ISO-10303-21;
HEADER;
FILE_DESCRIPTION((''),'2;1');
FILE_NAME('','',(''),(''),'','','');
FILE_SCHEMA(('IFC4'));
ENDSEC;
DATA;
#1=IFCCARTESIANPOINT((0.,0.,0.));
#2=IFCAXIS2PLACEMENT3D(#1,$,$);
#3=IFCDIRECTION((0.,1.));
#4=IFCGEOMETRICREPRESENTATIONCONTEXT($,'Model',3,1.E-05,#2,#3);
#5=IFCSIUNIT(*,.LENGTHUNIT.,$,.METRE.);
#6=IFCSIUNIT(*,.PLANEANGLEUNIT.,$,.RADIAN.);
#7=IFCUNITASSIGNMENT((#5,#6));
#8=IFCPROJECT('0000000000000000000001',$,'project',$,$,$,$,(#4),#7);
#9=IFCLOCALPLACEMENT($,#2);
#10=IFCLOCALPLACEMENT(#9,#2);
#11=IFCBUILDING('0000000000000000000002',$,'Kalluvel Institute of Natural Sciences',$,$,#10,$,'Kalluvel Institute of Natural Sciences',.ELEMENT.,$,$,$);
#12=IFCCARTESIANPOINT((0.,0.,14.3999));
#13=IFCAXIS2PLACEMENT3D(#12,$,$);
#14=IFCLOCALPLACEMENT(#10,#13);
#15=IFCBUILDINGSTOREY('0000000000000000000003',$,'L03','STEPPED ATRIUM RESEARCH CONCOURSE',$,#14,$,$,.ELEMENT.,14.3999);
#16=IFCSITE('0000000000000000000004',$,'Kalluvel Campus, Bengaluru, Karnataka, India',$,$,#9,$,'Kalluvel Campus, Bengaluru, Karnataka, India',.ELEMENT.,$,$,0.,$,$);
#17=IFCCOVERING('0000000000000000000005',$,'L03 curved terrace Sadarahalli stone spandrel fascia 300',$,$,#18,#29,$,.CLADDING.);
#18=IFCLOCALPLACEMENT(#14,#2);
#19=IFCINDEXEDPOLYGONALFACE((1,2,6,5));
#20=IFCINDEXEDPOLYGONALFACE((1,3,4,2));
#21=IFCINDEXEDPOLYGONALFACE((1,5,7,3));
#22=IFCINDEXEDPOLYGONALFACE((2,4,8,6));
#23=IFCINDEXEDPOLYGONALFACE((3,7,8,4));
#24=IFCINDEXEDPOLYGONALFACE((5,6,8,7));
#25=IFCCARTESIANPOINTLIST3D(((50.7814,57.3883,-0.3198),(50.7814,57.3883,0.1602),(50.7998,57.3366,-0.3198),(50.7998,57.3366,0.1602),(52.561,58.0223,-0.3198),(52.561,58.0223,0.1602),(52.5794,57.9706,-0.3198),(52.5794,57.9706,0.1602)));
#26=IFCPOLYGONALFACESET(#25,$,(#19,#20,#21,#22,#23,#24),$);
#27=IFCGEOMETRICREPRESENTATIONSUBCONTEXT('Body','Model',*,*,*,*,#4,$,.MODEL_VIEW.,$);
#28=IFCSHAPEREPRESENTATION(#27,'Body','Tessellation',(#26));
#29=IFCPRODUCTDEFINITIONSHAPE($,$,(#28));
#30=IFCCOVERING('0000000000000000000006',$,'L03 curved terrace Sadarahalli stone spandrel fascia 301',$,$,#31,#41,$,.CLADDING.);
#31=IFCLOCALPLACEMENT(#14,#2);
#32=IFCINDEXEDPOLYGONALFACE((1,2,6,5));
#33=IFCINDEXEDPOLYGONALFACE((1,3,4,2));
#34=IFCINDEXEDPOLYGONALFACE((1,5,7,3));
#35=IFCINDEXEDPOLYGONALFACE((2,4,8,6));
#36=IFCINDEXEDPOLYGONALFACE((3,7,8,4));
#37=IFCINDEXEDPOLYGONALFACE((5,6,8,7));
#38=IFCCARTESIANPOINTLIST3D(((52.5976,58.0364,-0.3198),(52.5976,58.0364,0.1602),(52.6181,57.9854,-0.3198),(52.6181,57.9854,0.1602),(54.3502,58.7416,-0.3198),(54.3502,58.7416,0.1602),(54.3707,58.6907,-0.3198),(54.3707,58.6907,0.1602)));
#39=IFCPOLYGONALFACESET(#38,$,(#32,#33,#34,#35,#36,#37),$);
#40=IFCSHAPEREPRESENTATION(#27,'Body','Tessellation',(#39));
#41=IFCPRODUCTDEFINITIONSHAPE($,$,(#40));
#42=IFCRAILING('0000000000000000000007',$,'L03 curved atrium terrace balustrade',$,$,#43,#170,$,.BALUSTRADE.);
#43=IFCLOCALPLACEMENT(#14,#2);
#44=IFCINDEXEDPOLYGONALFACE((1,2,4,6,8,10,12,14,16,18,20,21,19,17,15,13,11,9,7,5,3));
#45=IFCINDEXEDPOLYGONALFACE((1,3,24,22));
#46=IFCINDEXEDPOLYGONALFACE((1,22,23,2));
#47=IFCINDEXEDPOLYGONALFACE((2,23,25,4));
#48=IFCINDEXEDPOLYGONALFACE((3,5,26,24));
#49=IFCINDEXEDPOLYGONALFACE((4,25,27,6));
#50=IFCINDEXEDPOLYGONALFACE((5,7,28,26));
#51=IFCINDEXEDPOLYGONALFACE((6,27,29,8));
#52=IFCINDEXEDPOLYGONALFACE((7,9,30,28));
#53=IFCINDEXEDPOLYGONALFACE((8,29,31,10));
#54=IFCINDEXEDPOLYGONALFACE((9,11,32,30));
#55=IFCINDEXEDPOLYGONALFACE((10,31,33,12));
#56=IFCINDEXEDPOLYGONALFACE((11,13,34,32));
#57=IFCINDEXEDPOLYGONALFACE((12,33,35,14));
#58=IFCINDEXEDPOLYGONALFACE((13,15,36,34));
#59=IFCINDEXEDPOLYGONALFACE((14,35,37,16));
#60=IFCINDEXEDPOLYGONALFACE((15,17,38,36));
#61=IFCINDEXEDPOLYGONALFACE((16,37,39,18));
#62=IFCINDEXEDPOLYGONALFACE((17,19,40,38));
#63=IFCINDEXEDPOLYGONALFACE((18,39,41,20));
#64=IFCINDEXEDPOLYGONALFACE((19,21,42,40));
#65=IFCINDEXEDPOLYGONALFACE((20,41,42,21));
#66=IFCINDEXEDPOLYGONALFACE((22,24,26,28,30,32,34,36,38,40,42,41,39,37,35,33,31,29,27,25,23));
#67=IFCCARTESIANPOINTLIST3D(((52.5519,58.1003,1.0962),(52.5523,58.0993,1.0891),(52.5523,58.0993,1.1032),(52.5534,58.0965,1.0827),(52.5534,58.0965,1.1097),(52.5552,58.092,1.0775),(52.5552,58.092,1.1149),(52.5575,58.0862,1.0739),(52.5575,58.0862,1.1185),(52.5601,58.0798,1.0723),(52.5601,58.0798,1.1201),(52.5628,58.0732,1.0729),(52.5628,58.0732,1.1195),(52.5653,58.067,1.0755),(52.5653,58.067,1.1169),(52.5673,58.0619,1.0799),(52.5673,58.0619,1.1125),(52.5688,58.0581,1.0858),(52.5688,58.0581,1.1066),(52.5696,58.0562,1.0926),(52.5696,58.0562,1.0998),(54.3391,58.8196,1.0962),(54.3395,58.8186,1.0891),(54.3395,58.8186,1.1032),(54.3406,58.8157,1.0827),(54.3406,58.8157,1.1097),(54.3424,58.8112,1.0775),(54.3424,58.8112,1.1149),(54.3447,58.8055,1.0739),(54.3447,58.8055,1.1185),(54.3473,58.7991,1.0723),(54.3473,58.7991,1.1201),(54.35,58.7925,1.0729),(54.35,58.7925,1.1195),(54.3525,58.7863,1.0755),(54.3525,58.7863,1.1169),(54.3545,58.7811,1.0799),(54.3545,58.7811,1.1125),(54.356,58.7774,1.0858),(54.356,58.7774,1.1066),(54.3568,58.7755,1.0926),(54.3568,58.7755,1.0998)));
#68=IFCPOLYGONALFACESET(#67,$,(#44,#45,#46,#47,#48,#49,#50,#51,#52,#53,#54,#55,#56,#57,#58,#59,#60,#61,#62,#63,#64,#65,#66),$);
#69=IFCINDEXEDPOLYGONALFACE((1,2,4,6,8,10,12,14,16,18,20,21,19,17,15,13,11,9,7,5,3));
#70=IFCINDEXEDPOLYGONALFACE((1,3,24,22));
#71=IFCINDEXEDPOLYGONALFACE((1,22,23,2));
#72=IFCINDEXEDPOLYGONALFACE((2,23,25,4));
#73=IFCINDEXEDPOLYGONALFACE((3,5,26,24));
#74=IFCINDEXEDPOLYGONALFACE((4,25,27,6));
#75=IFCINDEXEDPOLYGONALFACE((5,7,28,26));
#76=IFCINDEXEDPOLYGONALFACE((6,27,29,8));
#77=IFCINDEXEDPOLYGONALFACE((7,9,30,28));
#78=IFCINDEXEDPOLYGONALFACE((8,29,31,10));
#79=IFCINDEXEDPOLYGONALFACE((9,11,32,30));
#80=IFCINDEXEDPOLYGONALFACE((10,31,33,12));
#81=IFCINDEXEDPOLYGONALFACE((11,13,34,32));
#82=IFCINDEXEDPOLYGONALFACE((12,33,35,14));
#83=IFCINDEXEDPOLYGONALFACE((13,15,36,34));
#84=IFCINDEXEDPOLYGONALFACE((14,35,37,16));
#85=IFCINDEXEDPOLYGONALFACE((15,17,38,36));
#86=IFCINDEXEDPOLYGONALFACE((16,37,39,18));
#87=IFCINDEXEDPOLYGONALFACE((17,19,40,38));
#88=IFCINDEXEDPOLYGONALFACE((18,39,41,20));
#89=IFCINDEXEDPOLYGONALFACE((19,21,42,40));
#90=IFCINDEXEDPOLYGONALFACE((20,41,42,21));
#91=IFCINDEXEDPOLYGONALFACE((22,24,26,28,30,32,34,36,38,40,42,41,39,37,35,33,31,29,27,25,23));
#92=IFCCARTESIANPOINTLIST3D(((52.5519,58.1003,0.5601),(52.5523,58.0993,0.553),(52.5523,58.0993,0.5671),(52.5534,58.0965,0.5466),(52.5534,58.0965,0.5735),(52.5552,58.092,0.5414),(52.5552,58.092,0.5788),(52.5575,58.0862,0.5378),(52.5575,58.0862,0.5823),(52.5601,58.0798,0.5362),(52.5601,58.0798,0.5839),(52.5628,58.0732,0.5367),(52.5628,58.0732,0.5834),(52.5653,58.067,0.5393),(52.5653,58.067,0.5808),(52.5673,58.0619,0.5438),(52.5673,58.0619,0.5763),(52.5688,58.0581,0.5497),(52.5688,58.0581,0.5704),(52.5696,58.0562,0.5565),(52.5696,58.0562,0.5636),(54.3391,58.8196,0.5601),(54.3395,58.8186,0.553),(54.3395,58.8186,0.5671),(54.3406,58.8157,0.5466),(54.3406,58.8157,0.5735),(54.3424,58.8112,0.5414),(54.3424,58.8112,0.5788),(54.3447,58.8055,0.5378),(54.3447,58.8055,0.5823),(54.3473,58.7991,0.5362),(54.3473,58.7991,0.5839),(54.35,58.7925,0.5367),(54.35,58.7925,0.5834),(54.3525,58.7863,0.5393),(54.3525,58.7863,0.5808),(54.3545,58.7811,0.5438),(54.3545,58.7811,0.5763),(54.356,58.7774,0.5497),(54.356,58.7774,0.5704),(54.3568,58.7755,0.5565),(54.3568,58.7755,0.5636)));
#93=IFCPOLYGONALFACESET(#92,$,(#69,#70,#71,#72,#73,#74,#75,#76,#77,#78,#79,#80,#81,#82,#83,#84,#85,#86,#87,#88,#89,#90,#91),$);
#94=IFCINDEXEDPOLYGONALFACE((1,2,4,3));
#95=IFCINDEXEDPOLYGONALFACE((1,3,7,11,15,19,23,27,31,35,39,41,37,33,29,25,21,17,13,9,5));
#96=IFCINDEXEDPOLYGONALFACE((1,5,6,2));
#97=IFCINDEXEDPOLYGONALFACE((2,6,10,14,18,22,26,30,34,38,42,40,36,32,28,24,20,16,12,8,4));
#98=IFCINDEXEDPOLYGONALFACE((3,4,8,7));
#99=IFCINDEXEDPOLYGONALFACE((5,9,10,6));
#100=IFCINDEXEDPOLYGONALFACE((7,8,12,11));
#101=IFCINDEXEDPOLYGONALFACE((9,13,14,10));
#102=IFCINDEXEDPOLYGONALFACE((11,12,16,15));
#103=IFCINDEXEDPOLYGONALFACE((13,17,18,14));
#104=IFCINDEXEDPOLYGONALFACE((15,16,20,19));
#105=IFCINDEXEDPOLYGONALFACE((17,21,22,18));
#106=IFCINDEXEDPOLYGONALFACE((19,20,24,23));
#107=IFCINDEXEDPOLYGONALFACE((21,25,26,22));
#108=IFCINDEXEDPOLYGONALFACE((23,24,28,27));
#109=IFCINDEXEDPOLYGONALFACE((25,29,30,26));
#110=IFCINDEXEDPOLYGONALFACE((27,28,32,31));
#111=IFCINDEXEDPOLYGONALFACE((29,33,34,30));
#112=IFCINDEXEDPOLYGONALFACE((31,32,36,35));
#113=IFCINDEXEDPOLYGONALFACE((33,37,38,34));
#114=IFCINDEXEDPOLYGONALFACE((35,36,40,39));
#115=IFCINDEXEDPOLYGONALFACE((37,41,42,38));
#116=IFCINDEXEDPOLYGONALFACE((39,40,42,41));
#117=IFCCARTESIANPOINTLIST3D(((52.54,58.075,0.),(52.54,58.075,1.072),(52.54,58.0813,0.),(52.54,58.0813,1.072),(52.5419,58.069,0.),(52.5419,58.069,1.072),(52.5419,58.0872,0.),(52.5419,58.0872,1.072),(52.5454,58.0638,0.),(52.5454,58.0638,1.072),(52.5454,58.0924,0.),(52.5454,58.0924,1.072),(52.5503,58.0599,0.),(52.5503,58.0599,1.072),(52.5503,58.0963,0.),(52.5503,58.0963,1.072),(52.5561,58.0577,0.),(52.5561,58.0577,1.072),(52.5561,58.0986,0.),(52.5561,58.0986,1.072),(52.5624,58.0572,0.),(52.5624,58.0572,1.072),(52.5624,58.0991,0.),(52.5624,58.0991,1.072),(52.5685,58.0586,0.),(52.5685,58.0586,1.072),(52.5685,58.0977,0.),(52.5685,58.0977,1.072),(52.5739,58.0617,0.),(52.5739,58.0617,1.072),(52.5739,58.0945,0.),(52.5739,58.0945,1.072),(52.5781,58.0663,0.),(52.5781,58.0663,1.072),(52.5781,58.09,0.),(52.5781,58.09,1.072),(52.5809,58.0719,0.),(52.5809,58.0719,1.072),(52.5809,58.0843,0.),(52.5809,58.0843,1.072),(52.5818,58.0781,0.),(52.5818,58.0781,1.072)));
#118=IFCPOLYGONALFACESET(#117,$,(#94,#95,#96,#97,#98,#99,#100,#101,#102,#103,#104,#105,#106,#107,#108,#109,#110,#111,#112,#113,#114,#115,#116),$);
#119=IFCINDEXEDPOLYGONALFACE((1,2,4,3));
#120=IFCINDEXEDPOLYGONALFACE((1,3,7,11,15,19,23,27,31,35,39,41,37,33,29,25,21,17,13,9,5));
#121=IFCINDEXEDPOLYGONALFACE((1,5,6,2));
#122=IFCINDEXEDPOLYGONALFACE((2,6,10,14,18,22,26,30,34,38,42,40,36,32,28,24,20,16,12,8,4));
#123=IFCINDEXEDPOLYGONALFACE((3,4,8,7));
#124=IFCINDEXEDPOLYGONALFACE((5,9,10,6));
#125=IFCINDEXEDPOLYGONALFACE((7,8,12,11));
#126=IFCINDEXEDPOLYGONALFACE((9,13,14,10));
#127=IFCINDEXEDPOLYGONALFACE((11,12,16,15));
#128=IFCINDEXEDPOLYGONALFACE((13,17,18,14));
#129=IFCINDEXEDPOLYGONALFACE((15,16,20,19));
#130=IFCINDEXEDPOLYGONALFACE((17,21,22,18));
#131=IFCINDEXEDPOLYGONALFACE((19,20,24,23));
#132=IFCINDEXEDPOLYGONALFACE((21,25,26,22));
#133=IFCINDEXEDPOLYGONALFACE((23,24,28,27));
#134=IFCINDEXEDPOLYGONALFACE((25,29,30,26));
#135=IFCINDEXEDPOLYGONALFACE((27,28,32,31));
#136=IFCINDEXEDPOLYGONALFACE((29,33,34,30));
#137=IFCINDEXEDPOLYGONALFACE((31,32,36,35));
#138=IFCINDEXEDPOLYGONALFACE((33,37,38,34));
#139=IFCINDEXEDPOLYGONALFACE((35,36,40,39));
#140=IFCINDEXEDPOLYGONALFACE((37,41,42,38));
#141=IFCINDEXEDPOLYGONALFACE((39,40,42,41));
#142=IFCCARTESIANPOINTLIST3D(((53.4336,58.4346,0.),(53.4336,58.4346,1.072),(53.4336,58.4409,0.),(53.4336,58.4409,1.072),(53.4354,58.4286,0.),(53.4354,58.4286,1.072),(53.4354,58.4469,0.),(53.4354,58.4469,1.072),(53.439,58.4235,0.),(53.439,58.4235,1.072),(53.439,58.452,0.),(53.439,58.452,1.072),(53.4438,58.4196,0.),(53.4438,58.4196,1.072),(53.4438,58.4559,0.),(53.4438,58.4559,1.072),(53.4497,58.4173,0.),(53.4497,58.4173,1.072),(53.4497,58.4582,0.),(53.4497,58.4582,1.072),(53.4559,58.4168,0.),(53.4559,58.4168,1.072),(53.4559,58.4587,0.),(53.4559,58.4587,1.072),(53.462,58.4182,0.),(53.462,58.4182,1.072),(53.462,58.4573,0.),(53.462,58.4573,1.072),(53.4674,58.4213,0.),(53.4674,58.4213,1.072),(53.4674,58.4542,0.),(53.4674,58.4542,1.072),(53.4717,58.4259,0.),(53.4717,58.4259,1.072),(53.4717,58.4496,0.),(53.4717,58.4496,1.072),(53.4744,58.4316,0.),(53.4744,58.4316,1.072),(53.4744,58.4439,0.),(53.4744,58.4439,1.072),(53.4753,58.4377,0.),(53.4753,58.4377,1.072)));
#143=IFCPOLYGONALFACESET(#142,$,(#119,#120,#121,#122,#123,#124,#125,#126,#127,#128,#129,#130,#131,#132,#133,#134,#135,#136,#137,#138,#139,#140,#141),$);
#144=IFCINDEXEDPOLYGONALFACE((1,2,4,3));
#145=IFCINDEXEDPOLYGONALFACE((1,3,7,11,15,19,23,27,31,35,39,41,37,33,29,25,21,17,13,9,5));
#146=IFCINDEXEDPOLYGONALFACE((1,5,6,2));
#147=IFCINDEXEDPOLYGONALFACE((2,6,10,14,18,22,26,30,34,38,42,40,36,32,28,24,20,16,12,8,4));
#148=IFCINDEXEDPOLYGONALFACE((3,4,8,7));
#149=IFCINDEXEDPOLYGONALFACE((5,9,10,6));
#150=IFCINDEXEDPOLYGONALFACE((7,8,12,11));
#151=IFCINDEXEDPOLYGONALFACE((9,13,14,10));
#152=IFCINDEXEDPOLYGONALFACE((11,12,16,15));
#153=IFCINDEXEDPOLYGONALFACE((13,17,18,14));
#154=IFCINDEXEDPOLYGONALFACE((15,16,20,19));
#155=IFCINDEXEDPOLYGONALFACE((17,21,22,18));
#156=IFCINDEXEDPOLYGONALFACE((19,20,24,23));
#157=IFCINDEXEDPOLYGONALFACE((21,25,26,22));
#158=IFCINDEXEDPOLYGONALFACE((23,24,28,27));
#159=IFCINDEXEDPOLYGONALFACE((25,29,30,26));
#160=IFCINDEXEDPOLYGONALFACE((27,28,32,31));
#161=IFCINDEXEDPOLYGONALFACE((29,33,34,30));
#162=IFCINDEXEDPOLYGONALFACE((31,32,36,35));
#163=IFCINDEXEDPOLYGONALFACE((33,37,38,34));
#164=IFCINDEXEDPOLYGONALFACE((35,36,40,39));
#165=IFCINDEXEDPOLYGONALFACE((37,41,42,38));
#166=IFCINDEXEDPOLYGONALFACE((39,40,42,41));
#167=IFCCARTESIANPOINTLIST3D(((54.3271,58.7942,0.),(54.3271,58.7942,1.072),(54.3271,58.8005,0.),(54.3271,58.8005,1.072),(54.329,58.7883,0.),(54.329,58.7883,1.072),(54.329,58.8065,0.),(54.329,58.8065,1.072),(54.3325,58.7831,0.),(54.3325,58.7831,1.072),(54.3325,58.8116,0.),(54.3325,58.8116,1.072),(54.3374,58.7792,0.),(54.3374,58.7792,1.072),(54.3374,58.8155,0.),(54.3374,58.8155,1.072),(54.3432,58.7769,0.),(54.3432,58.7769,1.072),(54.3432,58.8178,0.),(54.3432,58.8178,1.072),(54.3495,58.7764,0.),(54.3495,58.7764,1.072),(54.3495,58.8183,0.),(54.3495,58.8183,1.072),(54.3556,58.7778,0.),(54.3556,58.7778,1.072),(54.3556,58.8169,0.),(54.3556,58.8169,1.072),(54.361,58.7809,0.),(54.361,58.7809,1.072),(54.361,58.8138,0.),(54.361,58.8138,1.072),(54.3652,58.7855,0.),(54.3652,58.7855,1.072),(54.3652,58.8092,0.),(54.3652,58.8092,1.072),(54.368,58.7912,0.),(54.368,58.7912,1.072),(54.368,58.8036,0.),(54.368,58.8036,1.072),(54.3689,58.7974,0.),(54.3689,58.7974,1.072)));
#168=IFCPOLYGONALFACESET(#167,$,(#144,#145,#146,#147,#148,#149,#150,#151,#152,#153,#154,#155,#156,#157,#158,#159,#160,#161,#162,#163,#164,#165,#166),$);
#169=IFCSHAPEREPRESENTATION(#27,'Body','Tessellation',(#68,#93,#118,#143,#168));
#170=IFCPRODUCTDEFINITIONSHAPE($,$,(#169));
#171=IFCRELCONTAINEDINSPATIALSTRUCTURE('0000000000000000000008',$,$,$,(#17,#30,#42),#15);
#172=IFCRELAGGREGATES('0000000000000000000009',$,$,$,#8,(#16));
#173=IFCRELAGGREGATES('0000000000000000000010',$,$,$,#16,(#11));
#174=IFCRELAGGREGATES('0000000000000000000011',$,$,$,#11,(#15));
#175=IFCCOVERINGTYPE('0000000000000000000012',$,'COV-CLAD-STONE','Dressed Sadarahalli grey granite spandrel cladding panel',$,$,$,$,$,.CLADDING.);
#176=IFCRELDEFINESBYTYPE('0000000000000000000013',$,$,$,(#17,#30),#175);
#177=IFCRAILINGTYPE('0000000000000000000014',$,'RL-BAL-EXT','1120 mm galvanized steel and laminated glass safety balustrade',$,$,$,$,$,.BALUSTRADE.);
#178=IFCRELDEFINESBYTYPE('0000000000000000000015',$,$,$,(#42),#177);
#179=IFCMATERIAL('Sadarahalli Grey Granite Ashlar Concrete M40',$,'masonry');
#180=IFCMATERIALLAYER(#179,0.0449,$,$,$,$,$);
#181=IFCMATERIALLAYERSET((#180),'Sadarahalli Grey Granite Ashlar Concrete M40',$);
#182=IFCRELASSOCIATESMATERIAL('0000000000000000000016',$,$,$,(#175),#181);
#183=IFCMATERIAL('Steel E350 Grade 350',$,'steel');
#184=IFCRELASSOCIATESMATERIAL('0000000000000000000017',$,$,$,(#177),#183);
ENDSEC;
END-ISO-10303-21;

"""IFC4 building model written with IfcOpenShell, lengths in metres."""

from ifc_helpers import new_model, si_unit, direction, frame, origin, origin_2d, place, context, subcontext, project, spatial, rectangle, circle, extrude, material, layer, layer_set, type_object, element, save


model = new_model("IFC4")

# Units and contexts
model_context = context("Model", 3, precision=1e-05, world=origin(), true_north=direction((0.0, 1.0)))
body_context = subcontext(model_context, "Body", "Model", "MODEL_VIEW")
ifc_project = project(units=[si_unit("LENGTHUNIT", "METRE"), si_unit("PLANEANGLEUNIT", "RADIAN")], contexts=[model_context])

# Site, building, storey
site_placement = place(None, origin())
site = spatial("IfcSite", under=ifc_project, at=site_placement, Name="Kalluvel Campus, Bengaluru, Karnataka, India", LongName="Kalluvel Campus, Bengaluru, Karnataka, India", CompositionType="ELEMENT", RefElevation=0.0)
building_placement = place(site_placement, origin())
building = spatial("IfcBuilding", under=site, at=building_placement, Name="Kalluvel Institute of Natural Sciences", LongName="Kalluvel Institute of Natural Sciences", CompositionType="ELEMENT")
storey_placement = place(building_placement, frame((0.0, 0.0, 14.3999)))
storey = spatial("IfcBuildingStorey", under=building, at=storey_placement, Name="L03", Description="STEPPED ATRIUM RESEARCH CONCOURSE", CompositionType="ELEMENT", Elevation=14.3999)

# Coverings
ifc_material_1 = material(Name="Sadarahalli Grey Granite Ashlar Concrete M40", Category="masonry")
ifc_layer_1 = layer(ifc_material_1, 0.0449)
ifc_layer_set_1 = layer_set([ifc_layer_1], Name="Sadarahalli Grey Granite Ashlar Concrete M40")
covering_type = type_object("IfcCoveringType", Name="COV-CLAD-STONE", Description="Dressed Sadarahalli grey granite spandrel cladding panel", PredefinedType="CLADDING", material=ifc_layer_set_1)
for number, where, z_axis, x_axis, name in (
    (1, (51.6804, 57.6794, -0.3198), (0.0, 0.0, 1.0), (0.941999, 0.335616, 0.0), "L03 curved terrace Sadarahalli stone spandrel fascia 300"),
    (2, (53.4841, 58.3635, -0.3198), (0.0, 0.0, 1.0), (0.927706, 0.373312, 0.0), "L03 curved terrace Sadarahalli stone spandrel fascia 301"),
):
    element("IfcCovering", number, at=place(storey_placement, frame(where, z_axis=z_axis, x_axis=x_axis)), inside=storey, type_object=covering_type, Name=name, PredefinedType="CLADDING", context=body_context, shape_type="SweptSolid", body=[
        extrude(rectangle(XDim=1.8892, YDim=0.0549, at=origin_2d()), origin(), (0.0, 0.0, 1.0), 0.48),
    ])

# Railing
ifc_material_2 = material(Name="Steel E350 Grade 350", Category="steel")
railing_type = type_object("IfcRailingType", Name="RL-BAL-EXT", Description="1120 mm galvanized steel and laminated glass safety balustrade", PredefinedType="BALUSTRADE", material=ifc_material_2)
railing_placement = place(storey_placement, frame((52.5608, 58.0781, 0.0)))
element("IfcRailing", 3, at=railing_placement, inside=storey, type_object=railing_type, Name="L03 curved atrium terrace balustrade", PredefinedType="BALUSTRADE", context=body_context, shape_type="SweptSolid", body=[
    extrude(circle(Radius=0.0239, at=origin_2d()), frame((0.0, 0.0, 1.0962), z_axis=(0.927688, 0.373356, 0.0), x_axis=(-0.373356, 0.927688, 0.0)), (0.0, 0.0, 1.0), 1.9265),
    extrude(circle(Radius=0.0239, at=origin_2d()), frame((0.0, 0.0, 0.5601), z_axis=(0.927688, 0.373356, 0.0), x_axis=(-0.373356, 0.927688, 0.0)), (0.0, 0.0, 1.0), 1.9265),
    extrude(circle(Radius=0.021, at=origin_2d()), origin(), (0.0, 0.0, 1.0), 1.072),
    extrude(circle(Radius=0.021, at=origin_2d()), frame((0.8936, 0.3596, 0.0)), (0.0, 0.0, 1.0), 1.072),
    extrude(circle(Radius=0.021, at=origin_2d()), frame((1.7871, 0.7192, 0.0)), (0.0, 0.0, 1.0), 1.072),
])

save(model, "model.ifc")
